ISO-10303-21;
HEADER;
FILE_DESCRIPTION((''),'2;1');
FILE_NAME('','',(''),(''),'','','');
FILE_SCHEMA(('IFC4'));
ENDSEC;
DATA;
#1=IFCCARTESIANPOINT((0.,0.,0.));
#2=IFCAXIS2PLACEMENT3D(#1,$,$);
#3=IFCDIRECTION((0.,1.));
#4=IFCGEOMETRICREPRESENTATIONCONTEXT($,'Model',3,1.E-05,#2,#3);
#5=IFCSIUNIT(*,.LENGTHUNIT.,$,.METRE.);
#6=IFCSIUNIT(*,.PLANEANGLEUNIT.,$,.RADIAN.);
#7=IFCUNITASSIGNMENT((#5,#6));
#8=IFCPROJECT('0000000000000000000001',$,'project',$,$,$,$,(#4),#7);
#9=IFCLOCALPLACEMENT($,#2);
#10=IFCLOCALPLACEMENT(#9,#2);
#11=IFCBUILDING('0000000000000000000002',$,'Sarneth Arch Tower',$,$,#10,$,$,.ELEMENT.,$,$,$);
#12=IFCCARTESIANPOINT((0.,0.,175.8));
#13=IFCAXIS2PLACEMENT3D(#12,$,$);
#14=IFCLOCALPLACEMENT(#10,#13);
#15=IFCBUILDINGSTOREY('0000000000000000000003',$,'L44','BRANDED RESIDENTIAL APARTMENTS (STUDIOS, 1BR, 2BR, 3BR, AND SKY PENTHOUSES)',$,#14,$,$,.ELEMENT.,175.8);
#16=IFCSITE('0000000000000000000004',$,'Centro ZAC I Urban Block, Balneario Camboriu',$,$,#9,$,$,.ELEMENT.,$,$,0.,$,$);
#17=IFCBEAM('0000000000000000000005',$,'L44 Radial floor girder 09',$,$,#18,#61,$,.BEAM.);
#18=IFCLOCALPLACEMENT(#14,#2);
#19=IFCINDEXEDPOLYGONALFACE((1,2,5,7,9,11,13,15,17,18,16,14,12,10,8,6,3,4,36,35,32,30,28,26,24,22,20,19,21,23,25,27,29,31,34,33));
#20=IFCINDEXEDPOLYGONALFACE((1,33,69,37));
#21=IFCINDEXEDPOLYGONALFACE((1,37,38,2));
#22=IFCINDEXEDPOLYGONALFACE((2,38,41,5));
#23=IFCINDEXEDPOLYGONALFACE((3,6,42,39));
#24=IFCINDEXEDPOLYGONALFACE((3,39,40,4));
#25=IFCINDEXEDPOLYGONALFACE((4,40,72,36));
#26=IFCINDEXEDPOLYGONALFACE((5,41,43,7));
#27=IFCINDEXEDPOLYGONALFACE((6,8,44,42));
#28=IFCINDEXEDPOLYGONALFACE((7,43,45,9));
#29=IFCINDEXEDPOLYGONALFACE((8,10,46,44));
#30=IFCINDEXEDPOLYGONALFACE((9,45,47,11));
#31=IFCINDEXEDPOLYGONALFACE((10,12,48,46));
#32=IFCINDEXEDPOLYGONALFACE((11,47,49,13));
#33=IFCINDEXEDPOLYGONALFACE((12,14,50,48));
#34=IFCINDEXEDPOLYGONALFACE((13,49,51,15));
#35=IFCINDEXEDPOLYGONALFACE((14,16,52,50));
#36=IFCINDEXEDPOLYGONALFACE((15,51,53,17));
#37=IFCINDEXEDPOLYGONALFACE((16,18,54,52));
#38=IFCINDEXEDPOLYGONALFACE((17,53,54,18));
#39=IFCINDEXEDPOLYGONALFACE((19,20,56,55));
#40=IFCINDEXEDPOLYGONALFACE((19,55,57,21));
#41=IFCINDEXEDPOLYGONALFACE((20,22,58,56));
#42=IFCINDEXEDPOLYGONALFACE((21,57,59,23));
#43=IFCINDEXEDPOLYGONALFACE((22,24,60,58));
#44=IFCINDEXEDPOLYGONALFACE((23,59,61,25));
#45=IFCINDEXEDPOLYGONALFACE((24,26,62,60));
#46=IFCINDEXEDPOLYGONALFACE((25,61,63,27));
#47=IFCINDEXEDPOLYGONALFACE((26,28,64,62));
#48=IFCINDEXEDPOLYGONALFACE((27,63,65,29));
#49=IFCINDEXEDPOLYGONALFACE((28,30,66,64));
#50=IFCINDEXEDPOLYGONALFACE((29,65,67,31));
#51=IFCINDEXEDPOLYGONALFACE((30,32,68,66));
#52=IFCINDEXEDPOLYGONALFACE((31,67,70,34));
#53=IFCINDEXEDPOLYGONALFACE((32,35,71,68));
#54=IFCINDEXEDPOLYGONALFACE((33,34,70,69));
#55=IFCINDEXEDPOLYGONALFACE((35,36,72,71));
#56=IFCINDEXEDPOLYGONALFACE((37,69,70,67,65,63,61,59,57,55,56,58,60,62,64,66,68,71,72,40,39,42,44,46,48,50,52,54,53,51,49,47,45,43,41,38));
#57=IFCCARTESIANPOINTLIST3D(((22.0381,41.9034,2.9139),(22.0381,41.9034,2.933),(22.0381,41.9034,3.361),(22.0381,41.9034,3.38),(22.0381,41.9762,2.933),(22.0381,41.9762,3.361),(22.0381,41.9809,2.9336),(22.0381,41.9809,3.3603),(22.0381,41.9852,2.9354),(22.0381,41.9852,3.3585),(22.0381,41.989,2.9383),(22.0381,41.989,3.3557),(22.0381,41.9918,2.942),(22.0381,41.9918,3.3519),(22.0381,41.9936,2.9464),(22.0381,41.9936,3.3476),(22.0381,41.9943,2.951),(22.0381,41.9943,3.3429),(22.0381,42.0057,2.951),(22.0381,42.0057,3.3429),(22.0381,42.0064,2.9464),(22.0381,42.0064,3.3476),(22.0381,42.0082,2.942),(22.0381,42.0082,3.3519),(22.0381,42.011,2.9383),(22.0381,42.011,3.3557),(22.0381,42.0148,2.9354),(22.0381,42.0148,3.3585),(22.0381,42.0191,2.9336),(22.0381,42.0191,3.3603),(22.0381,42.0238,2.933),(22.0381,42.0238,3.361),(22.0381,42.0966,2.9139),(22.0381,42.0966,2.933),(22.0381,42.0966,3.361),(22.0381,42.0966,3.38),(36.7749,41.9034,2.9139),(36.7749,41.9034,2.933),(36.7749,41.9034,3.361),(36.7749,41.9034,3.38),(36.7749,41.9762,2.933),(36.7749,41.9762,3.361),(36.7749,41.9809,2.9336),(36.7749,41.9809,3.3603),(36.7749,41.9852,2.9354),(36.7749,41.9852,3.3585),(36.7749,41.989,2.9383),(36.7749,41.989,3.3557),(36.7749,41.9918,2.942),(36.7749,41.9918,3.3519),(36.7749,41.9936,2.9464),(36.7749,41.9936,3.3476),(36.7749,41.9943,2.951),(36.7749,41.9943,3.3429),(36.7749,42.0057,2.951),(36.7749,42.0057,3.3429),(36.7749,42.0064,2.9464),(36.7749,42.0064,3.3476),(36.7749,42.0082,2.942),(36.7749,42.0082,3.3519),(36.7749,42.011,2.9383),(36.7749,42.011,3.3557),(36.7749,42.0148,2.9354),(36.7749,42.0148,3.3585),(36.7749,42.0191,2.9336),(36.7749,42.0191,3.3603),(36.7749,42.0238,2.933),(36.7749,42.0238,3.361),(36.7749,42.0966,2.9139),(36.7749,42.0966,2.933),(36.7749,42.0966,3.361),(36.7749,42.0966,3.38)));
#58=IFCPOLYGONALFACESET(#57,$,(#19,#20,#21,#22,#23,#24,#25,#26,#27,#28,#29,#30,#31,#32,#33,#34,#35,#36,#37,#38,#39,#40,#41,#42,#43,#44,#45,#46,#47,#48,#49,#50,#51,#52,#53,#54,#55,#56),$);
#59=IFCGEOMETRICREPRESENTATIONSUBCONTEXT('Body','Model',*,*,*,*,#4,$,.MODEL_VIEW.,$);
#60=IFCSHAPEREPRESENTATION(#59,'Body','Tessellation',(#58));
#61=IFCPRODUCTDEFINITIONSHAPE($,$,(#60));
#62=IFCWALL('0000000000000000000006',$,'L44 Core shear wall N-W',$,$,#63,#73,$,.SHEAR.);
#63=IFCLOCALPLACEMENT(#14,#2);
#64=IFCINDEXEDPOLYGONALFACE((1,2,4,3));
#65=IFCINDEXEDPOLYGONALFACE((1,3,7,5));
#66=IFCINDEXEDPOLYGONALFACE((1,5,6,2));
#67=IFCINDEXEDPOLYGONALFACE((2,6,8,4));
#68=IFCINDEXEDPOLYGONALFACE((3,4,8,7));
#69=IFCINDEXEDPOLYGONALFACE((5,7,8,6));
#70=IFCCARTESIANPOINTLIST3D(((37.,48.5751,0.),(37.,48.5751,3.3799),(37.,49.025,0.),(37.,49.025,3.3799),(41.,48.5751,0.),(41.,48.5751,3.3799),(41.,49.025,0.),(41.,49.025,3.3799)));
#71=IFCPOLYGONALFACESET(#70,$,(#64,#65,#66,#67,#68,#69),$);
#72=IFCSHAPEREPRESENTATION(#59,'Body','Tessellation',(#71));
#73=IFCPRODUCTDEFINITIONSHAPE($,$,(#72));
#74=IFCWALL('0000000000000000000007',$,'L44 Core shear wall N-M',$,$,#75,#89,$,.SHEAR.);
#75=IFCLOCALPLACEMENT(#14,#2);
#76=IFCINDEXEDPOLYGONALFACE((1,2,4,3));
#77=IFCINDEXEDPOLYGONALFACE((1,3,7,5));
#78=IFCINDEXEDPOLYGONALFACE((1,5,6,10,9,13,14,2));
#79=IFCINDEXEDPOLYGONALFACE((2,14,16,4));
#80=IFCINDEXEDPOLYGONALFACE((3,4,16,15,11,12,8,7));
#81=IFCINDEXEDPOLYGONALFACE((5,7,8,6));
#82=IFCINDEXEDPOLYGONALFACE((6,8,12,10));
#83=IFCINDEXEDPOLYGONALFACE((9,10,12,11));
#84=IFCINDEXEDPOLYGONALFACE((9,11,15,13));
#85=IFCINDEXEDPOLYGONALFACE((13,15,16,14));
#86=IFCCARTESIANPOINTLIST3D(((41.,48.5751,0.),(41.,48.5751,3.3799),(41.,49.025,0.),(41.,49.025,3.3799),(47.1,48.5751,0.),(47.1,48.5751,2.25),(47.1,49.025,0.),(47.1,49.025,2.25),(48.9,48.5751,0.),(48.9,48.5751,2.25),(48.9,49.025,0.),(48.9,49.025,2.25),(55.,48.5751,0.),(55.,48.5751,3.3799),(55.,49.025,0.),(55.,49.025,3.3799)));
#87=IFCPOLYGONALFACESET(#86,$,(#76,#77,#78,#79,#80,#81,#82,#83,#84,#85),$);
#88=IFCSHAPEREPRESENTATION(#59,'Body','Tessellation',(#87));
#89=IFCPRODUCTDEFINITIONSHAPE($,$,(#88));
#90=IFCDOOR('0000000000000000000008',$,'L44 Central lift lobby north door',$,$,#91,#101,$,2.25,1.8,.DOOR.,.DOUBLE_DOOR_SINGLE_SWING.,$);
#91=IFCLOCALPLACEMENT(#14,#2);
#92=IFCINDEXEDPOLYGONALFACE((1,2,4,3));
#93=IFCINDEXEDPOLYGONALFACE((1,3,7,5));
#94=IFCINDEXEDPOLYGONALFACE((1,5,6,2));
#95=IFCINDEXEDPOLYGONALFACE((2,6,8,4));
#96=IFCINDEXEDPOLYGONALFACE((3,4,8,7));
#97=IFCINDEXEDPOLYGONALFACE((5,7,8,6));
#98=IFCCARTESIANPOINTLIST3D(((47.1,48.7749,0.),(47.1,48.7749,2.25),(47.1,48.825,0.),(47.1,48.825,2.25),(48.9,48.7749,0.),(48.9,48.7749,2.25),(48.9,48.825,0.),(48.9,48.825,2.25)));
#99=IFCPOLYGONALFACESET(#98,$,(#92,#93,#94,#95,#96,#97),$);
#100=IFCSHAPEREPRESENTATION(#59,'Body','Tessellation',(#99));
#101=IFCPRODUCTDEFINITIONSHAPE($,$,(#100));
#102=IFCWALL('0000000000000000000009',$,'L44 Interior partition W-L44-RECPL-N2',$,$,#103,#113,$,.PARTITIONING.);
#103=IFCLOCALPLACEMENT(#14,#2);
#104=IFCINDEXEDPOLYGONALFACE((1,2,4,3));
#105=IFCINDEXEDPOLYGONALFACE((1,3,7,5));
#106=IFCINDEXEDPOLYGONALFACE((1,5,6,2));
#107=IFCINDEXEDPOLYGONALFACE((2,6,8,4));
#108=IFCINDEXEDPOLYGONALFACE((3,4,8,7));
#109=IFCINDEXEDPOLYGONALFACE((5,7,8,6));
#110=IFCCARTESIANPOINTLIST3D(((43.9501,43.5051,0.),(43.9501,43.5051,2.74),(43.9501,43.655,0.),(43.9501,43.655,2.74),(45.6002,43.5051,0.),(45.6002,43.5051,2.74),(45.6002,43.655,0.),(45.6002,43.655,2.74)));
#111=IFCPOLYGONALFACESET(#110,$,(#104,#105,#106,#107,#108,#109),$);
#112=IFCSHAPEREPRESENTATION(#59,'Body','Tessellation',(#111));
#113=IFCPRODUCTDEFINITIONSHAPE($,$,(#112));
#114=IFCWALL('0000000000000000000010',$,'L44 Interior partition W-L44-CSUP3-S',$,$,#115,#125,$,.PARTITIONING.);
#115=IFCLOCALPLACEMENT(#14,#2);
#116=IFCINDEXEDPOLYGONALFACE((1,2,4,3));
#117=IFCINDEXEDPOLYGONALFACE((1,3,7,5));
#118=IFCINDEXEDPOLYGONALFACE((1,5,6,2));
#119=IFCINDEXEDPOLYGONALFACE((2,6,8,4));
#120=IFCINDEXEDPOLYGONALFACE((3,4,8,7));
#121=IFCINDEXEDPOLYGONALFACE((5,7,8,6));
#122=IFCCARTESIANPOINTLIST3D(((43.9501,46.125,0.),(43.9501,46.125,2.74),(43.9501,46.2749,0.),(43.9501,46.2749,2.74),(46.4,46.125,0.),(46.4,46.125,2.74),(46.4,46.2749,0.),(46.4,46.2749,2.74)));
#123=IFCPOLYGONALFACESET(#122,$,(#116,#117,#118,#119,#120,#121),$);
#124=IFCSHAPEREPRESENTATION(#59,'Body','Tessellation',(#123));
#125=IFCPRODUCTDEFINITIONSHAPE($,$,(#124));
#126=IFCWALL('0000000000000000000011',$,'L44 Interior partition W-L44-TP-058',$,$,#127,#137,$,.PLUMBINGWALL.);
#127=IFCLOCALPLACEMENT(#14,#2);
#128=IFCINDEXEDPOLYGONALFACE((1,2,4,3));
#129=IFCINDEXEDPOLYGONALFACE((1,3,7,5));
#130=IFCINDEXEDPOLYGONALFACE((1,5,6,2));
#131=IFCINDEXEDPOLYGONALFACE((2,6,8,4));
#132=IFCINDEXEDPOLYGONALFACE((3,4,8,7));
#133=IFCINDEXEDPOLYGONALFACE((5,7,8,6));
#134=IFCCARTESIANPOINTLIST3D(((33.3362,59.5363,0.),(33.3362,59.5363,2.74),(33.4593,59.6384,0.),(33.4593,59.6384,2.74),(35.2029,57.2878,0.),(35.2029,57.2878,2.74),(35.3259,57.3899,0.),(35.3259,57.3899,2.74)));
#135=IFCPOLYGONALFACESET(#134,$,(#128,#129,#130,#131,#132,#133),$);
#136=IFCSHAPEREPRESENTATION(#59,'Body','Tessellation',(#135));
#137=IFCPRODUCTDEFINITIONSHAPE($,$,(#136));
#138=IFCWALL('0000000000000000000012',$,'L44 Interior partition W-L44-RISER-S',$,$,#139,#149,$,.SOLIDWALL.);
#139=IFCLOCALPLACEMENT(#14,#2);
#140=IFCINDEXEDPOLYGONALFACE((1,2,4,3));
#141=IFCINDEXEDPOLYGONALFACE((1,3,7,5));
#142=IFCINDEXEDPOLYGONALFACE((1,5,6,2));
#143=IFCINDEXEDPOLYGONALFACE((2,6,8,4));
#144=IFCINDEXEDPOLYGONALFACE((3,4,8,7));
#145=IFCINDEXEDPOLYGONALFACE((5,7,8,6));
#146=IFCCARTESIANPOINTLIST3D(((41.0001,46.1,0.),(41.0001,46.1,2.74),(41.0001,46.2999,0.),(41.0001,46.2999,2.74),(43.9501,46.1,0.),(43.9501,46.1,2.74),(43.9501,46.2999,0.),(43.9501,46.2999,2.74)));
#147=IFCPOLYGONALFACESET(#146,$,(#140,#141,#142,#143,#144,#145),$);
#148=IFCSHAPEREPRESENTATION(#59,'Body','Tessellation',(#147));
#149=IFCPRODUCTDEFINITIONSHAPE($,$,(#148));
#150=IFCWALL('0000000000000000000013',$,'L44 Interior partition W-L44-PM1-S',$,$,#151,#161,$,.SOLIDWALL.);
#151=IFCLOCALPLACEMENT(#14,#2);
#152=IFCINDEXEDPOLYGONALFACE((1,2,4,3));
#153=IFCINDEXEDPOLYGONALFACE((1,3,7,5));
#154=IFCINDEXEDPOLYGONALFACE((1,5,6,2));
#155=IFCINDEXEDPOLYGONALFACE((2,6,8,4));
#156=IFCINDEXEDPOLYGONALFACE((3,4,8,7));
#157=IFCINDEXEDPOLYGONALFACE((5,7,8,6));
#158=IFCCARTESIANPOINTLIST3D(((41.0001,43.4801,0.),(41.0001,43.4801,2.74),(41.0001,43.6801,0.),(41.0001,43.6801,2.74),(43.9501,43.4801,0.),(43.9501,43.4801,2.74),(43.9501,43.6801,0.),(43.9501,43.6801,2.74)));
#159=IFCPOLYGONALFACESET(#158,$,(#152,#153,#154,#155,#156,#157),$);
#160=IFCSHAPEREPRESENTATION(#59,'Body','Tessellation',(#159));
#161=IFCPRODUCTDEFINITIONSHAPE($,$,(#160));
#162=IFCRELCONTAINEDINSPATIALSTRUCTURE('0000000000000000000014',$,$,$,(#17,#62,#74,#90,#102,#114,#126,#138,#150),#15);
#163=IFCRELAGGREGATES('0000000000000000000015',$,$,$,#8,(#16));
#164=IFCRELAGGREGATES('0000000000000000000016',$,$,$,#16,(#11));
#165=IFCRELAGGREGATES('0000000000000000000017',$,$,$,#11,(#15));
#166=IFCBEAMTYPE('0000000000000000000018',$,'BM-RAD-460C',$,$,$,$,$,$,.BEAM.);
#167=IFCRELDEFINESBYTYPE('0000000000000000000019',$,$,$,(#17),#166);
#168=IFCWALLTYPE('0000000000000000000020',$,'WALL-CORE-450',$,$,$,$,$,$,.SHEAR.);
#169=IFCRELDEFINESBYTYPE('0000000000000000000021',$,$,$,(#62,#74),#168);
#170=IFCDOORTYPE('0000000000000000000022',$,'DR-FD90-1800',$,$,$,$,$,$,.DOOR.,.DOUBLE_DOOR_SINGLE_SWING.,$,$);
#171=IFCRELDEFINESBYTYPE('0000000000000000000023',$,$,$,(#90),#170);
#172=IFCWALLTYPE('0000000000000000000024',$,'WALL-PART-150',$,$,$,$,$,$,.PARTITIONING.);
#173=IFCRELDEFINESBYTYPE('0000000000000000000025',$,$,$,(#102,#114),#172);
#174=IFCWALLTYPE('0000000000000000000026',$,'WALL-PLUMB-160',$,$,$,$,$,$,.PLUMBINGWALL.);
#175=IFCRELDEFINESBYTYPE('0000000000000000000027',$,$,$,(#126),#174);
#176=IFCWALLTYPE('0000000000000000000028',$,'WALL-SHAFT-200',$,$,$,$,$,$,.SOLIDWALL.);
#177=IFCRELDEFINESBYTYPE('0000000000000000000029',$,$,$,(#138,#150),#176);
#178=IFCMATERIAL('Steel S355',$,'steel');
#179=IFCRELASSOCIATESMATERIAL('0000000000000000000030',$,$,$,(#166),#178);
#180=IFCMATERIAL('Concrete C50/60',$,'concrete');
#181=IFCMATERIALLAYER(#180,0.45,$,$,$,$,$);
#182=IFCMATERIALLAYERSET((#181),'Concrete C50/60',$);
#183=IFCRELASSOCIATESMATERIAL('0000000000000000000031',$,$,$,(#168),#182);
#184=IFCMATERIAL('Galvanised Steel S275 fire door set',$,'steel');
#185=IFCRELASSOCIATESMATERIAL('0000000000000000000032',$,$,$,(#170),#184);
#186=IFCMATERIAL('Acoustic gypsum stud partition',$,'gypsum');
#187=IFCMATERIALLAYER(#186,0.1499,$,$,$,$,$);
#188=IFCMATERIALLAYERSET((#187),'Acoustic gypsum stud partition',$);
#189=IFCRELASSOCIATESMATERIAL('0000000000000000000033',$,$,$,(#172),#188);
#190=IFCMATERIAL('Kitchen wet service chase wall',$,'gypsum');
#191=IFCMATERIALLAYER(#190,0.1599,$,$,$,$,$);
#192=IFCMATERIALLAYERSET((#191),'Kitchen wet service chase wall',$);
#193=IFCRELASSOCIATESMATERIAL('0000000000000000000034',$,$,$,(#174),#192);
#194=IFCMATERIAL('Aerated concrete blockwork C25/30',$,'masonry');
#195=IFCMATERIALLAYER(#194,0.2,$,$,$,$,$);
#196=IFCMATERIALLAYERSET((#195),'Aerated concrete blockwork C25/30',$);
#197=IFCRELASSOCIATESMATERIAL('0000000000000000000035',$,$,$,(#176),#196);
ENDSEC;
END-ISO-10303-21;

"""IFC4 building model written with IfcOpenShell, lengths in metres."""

from ifc_helpers import new_model, si_unit, direction, frame, frame_2d, origin, origin_2d, place, context, subcontext, project, spatial, rectangle, i_section, extrude, material, layer, layer_set, material_profile, profile_set, type_object, element, fill, save


model = new_model("IFC4")

# Units and contexts
model_context = context("Model", 3, precision=1e-05, world=origin(), true_north=direction((0.0, 1.0)))
body_context = subcontext(model_context, "Body", "Model", "MODEL_VIEW")
ifc_project = project(units=[si_unit("LENGTHUNIT", "METRE"), si_unit("PLANEANGLEUNIT", "RADIAN")], contexts=[model_context])

# Site, building, storey
site_placement = place(None, origin())
site = spatial("IfcSite", under=ifc_project, at=site_placement, Name="Centro ZAC I Urban Block, Balneario Camboriu", CompositionType="ELEMENT", RefElevation=0.0)
building_placement = place(site_placement, origin())
building = spatial("IfcBuilding", under=site, at=building_placement, Name="Sarneth Arch Tower", CompositionType="ELEMENT")
storey_placement = place(building_placement, frame((0.0, 0.0, 175.8)))
storey = spatial("IfcBuildingStorey", under=building, at=storey_placement, Name="L44", Description="BRANDED RESIDENTIAL APARTMENTS (STUDIOS, 1BR, 2BR, 3BR, AND SKY PENTHOUSES)", CompositionType="ELEMENT", Elevation=175.8)

# Beam
ifc_material_1 = material(Name="Steel S355", Category="steel")
ifc_material_profile_1 = material_profile(ifc_material_1, i_section(OverallWidth=0.1931, OverallDepth=0.4661, WebThickness=0.0115, FlangeThickness=0.019, FilletRadius=0.0181, at=origin_2d()), Name="W460x97")
ifc_profile_set_1 = profile_set([ifc_material_profile_1], Name="Steel S355")
beam_type_1 = type_object("IfcBeamType", Name="BM-RAD-460C", PredefinedType="BEAM", material=ifc_profile_set_1)
beam_1_placement = place(storey_placement, frame((36.7749, 42.0, 3.147), z_axis=(-1.0, 0.0, 0.0), x_axis=(0.0, -1.0, 0.0)))
element("IfcBeam", 1, at=beam_1_placement, inside=storey, type_object=beam_type_1, Name="L44 Radial floor girder 09", PredefinedType="BEAM", context=body_context, shape_type="SweptSolid", body=[
    extrude(i_section(OverallWidth=0.1931, OverallDepth=0.4661, WebThickness=0.0115, FlangeThickness=0.019, FilletRadius=0.0181, at=origin_2d()), origin(), (0.0, 0.0, 1.0), 14.7368),
])

# Wall
ifc_material_2 = material(Name="Concrete C50/60", Category="concrete")
ifc_layer_1 = layer(ifc_material_2, 0.45)
ifc_layer_set_1 = layer_set([ifc_layer_1], Name="Concrete C50/60")
wall_type_1 = type_object("IfcWallType", Name="WALL-CORE-450", PredefinedType="SHEAR", material=ifc_layer_set_1)
wall_1_placement = place(storey_placement, frame((37.0, 48.8, 0.0), z_axis=(0.0, 0.0, 1.0), x_axis=(1.0, 0.0, 0.0)))
element("IfcWall", 2, at=wall_1_placement, inside=storey, type_object=wall_type_1, Name="L44 Core shear wall N-W", PredefinedType="SHEAR", context=body_context, shape_type="SweptSolid", body=[
    extrude(rectangle(XDim=4.0, YDim=0.45, at=frame_2d((2.0, 0.0))), origin(), (0.0, 0.0, 1.0), 3.3799),
])

# Wall, opening, door
wall_2_placement = place(storey_placement, frame((41.0, 48.8, 0.0), z_axis=(0.0, 0.0, 1.0), x_axis=(1.0, 0.0, 0.0)))
wall_2 = element("IfcWall", 3, at=wall_2_placement, inside=storey, type_object=wall_type_1, Name="L44 Core shear wall N-M", PredefinedType="SHEAR", context=body_context, shape_type="SweptSolid", body=[
    extrude(rectangle(XDim=14.0, YDim=0.45, at=frame_2d((7.0, 0.0))), origin(), (0.0, 0.0, 1.0), 3.3799),
])
opening_1_placement = place(wall_2_placement, frame((6.1001, 0.0, 0.0)))
opening_1 = element("IfcOpeningElement", 4, at=opening_1_placement, cuts=wall_2, PredefinedType="OPENING", context=body_context, shape_type="SweptSolid", body=[
    extrude(rectangle(XDim=1.8, YDim=2.25, at=frame_2d((0.8999, 1.125))), frame((0.0, 0.2349, 0.0), z_axis=(0.0, -1.0, 0.0), x_axis=(1.0, 0.0, 0.0)), (0.0, 0.0, 1.0), 0.47),
])
ifc_material_3 = material(Name="Galvanised Steel S275 fire door set", Category="steel")
door_type_1 = type_object("IfcDoorType", Name="DR-FD90-1800", OperationType="DOUBLE_DOOR_SINGLE_SWING", PredefinedType="DOOR", material=ifc_material_3)
door_1_placement = place(opening_1_placement, origin())
door_1 = element("IfcDoor", 5, at=door_1_placement, inside=storey, type_object=door_type_1, Name="L44 Central lift lobby north door", OperationType="DOUBLE_DOOR_SINGLE_SWING", OverallHeight=2.25, OverallWidth=1.8, PredefinedType="DOOR", context=body_context, shape_type="SweptSolid", body=[
    extrude(rectangle(XDim=1.8, YDim=2.25, at=frame_2d((0.8999, 1.125))), frame((0.0, 0.0249, 0.0), z_axis=(0.0, -1.0, 0.0), x_axis=(1.0, 0.0, 0.0)), (0.0, 0.0, 1.0), 0.05),
])
fill(opening_1, door_1)

# Walls
ifc_material_4 = material(Name="Acoustic gypsum stud partition", Category="gypsum")
ifc_layer_2 = layer(ifc_material_4, 0.1499)
ifc_layer_set_2 = layer_set([ifc_layer_2], Name="Acoustic gypsum stud partition")
wall_type_2 = type_object("IfcWallType", Name="WALL-PART-150", PredefinedType="PARTITIONING", material=ifc_layer_set_2)
wall_3_placement = place(storey_placement, frame((43.95, 43.5801, 0.0), z_axis=(0.0, 0.0, 1.0), x_axis=(1.0, 0.0, 0.0)))
element("IfcWall", 6, at=wall_3_placement, inside=storey, type_object=wall_type_2, Name="L44 Interior partition W-L44-RECPL-N2", PredefinedType="PARTITIONING", context=body_context, shape_type="SweptSolid", body=[
    extrude(rectangle(XDim=1.6501, YDim=0.1499, at=frame_2d((0.8252, 0.0))), origin(), (0.0, 0.0, 1.0), 2.74),
])
wall_4_placement = place(storey_placement, frame((43.95, 46.2, 0.0), z_axis=(0.0, 0.0, 1.0), x_axis=(1.0, 0.0, 0.0)))
element("IfcWall", 7, at=wall_4_placement, inside=storey, type_object=wall_type_2, Name="L44 Interior partition W-L44-CSUP3-S", PredefinedType="PARTITIONING", context=body_context, shape_type="SweptSolid", body=[
    extrude(rectangle(XDim=2.45, YDim=0.1499, at=frame_2d((1.2251, 0.0))), origin(), (0.0, 0.0, 1.0), 2.74),
])

# Walls
ifc_material_5 = material(Name="Kitchen wet service chase wall", Category="gypsum")
ifc_layer_3 = layer(ifc_material_5, 0.1599)
ifc_layer_set_3 = layer_set([ifc_layer_3], Name="Kitchen wet service chase wall")
wall_type_3 = type_object("IfcWallType", Name="WALL-PLUMB-160", PredefinedType="PLUMBINGWALL", material=ifc_layer_set_3)
wall_5_placement = place(storey_placement, frame((35.2644, 57.3389, 0.0), z_axis=(0.0, 0.0, 1.0), x_axis=(-0.638754, 0.769411, 0.0)))
element("IfcWall", 8, at=wall_5_placement, inside=storey, type_object=wall_type_3, Name="L44 Interior partition W-L44-TP-058", PredefinedType="PLUMBINGWALL", context=body_context, shape_type="SweptSolid", body=[
    extrude(rectangle(XDim=2.9224, YDim=0.1599, at=frame_2d((1.4612, 0.0))), origin(), (0.0, 0.0, 1.0), 2.74),
])
ifc_material_6 = material(Name="Aerated concrete blockwork C25/30", Category="masonry")
ifc_layer_4 = layer(ifc_material_6, 0.2)
ifc_layer_set_4 = layer_set([ifc_layer_4], Name="Aerated concrete blockwork C25/30")
wall_type_4 = type_object("IfcWallType", Name="WALL-SHAFT-200", PredefinedType="SOLIDWALL", material=ifc_layer_set_4)
wall_6_placement = place(storey_placement, frame((41.0, 46.2, 0.0), z_axis=(0.0, 0.0, 1.0), x_axis=(1.0, 0.0, 0.0)))
element("IfcWall", 9, at=wall_6_placement, inside=storey, type_object=wall_type_4, Name="L44 Interior partition W-L44-RISER-S", PredefinedType="SOLIDWALL", context=body_context, shape_type="SweptSolid", body=[
    extrude(rectangle(XDim=2.95, YDim=0.2, at=frame_2d((1.4751, 0.0))), origin(), (0.0, 0.0, 1.0), 2.74),
])

# Wall
wall_7_placement = place(storey_placement, frame((41.0, 43.5801, 0.0), z_axis=(0.0, 0.0, 1.0), x_axis=(1.0, 0.0, 0.0)))
element("IfcWall", 10, at=wall_7_placement, inside=storey, type_object=wall_type_4, Name="L44 Interior partition W-L44-PM1-S", PredefinedType="SOLIDWALL", context=body_context, shape_type="SweptSolid", body=[
    extrude(rectangle(XDim=2.95, YDim=0.2, at=frame_2d((1.4751, 0.0))), origin(), (0.0, 0.0, 1.0), 2.74),
])

save(model, "model.ifc")
